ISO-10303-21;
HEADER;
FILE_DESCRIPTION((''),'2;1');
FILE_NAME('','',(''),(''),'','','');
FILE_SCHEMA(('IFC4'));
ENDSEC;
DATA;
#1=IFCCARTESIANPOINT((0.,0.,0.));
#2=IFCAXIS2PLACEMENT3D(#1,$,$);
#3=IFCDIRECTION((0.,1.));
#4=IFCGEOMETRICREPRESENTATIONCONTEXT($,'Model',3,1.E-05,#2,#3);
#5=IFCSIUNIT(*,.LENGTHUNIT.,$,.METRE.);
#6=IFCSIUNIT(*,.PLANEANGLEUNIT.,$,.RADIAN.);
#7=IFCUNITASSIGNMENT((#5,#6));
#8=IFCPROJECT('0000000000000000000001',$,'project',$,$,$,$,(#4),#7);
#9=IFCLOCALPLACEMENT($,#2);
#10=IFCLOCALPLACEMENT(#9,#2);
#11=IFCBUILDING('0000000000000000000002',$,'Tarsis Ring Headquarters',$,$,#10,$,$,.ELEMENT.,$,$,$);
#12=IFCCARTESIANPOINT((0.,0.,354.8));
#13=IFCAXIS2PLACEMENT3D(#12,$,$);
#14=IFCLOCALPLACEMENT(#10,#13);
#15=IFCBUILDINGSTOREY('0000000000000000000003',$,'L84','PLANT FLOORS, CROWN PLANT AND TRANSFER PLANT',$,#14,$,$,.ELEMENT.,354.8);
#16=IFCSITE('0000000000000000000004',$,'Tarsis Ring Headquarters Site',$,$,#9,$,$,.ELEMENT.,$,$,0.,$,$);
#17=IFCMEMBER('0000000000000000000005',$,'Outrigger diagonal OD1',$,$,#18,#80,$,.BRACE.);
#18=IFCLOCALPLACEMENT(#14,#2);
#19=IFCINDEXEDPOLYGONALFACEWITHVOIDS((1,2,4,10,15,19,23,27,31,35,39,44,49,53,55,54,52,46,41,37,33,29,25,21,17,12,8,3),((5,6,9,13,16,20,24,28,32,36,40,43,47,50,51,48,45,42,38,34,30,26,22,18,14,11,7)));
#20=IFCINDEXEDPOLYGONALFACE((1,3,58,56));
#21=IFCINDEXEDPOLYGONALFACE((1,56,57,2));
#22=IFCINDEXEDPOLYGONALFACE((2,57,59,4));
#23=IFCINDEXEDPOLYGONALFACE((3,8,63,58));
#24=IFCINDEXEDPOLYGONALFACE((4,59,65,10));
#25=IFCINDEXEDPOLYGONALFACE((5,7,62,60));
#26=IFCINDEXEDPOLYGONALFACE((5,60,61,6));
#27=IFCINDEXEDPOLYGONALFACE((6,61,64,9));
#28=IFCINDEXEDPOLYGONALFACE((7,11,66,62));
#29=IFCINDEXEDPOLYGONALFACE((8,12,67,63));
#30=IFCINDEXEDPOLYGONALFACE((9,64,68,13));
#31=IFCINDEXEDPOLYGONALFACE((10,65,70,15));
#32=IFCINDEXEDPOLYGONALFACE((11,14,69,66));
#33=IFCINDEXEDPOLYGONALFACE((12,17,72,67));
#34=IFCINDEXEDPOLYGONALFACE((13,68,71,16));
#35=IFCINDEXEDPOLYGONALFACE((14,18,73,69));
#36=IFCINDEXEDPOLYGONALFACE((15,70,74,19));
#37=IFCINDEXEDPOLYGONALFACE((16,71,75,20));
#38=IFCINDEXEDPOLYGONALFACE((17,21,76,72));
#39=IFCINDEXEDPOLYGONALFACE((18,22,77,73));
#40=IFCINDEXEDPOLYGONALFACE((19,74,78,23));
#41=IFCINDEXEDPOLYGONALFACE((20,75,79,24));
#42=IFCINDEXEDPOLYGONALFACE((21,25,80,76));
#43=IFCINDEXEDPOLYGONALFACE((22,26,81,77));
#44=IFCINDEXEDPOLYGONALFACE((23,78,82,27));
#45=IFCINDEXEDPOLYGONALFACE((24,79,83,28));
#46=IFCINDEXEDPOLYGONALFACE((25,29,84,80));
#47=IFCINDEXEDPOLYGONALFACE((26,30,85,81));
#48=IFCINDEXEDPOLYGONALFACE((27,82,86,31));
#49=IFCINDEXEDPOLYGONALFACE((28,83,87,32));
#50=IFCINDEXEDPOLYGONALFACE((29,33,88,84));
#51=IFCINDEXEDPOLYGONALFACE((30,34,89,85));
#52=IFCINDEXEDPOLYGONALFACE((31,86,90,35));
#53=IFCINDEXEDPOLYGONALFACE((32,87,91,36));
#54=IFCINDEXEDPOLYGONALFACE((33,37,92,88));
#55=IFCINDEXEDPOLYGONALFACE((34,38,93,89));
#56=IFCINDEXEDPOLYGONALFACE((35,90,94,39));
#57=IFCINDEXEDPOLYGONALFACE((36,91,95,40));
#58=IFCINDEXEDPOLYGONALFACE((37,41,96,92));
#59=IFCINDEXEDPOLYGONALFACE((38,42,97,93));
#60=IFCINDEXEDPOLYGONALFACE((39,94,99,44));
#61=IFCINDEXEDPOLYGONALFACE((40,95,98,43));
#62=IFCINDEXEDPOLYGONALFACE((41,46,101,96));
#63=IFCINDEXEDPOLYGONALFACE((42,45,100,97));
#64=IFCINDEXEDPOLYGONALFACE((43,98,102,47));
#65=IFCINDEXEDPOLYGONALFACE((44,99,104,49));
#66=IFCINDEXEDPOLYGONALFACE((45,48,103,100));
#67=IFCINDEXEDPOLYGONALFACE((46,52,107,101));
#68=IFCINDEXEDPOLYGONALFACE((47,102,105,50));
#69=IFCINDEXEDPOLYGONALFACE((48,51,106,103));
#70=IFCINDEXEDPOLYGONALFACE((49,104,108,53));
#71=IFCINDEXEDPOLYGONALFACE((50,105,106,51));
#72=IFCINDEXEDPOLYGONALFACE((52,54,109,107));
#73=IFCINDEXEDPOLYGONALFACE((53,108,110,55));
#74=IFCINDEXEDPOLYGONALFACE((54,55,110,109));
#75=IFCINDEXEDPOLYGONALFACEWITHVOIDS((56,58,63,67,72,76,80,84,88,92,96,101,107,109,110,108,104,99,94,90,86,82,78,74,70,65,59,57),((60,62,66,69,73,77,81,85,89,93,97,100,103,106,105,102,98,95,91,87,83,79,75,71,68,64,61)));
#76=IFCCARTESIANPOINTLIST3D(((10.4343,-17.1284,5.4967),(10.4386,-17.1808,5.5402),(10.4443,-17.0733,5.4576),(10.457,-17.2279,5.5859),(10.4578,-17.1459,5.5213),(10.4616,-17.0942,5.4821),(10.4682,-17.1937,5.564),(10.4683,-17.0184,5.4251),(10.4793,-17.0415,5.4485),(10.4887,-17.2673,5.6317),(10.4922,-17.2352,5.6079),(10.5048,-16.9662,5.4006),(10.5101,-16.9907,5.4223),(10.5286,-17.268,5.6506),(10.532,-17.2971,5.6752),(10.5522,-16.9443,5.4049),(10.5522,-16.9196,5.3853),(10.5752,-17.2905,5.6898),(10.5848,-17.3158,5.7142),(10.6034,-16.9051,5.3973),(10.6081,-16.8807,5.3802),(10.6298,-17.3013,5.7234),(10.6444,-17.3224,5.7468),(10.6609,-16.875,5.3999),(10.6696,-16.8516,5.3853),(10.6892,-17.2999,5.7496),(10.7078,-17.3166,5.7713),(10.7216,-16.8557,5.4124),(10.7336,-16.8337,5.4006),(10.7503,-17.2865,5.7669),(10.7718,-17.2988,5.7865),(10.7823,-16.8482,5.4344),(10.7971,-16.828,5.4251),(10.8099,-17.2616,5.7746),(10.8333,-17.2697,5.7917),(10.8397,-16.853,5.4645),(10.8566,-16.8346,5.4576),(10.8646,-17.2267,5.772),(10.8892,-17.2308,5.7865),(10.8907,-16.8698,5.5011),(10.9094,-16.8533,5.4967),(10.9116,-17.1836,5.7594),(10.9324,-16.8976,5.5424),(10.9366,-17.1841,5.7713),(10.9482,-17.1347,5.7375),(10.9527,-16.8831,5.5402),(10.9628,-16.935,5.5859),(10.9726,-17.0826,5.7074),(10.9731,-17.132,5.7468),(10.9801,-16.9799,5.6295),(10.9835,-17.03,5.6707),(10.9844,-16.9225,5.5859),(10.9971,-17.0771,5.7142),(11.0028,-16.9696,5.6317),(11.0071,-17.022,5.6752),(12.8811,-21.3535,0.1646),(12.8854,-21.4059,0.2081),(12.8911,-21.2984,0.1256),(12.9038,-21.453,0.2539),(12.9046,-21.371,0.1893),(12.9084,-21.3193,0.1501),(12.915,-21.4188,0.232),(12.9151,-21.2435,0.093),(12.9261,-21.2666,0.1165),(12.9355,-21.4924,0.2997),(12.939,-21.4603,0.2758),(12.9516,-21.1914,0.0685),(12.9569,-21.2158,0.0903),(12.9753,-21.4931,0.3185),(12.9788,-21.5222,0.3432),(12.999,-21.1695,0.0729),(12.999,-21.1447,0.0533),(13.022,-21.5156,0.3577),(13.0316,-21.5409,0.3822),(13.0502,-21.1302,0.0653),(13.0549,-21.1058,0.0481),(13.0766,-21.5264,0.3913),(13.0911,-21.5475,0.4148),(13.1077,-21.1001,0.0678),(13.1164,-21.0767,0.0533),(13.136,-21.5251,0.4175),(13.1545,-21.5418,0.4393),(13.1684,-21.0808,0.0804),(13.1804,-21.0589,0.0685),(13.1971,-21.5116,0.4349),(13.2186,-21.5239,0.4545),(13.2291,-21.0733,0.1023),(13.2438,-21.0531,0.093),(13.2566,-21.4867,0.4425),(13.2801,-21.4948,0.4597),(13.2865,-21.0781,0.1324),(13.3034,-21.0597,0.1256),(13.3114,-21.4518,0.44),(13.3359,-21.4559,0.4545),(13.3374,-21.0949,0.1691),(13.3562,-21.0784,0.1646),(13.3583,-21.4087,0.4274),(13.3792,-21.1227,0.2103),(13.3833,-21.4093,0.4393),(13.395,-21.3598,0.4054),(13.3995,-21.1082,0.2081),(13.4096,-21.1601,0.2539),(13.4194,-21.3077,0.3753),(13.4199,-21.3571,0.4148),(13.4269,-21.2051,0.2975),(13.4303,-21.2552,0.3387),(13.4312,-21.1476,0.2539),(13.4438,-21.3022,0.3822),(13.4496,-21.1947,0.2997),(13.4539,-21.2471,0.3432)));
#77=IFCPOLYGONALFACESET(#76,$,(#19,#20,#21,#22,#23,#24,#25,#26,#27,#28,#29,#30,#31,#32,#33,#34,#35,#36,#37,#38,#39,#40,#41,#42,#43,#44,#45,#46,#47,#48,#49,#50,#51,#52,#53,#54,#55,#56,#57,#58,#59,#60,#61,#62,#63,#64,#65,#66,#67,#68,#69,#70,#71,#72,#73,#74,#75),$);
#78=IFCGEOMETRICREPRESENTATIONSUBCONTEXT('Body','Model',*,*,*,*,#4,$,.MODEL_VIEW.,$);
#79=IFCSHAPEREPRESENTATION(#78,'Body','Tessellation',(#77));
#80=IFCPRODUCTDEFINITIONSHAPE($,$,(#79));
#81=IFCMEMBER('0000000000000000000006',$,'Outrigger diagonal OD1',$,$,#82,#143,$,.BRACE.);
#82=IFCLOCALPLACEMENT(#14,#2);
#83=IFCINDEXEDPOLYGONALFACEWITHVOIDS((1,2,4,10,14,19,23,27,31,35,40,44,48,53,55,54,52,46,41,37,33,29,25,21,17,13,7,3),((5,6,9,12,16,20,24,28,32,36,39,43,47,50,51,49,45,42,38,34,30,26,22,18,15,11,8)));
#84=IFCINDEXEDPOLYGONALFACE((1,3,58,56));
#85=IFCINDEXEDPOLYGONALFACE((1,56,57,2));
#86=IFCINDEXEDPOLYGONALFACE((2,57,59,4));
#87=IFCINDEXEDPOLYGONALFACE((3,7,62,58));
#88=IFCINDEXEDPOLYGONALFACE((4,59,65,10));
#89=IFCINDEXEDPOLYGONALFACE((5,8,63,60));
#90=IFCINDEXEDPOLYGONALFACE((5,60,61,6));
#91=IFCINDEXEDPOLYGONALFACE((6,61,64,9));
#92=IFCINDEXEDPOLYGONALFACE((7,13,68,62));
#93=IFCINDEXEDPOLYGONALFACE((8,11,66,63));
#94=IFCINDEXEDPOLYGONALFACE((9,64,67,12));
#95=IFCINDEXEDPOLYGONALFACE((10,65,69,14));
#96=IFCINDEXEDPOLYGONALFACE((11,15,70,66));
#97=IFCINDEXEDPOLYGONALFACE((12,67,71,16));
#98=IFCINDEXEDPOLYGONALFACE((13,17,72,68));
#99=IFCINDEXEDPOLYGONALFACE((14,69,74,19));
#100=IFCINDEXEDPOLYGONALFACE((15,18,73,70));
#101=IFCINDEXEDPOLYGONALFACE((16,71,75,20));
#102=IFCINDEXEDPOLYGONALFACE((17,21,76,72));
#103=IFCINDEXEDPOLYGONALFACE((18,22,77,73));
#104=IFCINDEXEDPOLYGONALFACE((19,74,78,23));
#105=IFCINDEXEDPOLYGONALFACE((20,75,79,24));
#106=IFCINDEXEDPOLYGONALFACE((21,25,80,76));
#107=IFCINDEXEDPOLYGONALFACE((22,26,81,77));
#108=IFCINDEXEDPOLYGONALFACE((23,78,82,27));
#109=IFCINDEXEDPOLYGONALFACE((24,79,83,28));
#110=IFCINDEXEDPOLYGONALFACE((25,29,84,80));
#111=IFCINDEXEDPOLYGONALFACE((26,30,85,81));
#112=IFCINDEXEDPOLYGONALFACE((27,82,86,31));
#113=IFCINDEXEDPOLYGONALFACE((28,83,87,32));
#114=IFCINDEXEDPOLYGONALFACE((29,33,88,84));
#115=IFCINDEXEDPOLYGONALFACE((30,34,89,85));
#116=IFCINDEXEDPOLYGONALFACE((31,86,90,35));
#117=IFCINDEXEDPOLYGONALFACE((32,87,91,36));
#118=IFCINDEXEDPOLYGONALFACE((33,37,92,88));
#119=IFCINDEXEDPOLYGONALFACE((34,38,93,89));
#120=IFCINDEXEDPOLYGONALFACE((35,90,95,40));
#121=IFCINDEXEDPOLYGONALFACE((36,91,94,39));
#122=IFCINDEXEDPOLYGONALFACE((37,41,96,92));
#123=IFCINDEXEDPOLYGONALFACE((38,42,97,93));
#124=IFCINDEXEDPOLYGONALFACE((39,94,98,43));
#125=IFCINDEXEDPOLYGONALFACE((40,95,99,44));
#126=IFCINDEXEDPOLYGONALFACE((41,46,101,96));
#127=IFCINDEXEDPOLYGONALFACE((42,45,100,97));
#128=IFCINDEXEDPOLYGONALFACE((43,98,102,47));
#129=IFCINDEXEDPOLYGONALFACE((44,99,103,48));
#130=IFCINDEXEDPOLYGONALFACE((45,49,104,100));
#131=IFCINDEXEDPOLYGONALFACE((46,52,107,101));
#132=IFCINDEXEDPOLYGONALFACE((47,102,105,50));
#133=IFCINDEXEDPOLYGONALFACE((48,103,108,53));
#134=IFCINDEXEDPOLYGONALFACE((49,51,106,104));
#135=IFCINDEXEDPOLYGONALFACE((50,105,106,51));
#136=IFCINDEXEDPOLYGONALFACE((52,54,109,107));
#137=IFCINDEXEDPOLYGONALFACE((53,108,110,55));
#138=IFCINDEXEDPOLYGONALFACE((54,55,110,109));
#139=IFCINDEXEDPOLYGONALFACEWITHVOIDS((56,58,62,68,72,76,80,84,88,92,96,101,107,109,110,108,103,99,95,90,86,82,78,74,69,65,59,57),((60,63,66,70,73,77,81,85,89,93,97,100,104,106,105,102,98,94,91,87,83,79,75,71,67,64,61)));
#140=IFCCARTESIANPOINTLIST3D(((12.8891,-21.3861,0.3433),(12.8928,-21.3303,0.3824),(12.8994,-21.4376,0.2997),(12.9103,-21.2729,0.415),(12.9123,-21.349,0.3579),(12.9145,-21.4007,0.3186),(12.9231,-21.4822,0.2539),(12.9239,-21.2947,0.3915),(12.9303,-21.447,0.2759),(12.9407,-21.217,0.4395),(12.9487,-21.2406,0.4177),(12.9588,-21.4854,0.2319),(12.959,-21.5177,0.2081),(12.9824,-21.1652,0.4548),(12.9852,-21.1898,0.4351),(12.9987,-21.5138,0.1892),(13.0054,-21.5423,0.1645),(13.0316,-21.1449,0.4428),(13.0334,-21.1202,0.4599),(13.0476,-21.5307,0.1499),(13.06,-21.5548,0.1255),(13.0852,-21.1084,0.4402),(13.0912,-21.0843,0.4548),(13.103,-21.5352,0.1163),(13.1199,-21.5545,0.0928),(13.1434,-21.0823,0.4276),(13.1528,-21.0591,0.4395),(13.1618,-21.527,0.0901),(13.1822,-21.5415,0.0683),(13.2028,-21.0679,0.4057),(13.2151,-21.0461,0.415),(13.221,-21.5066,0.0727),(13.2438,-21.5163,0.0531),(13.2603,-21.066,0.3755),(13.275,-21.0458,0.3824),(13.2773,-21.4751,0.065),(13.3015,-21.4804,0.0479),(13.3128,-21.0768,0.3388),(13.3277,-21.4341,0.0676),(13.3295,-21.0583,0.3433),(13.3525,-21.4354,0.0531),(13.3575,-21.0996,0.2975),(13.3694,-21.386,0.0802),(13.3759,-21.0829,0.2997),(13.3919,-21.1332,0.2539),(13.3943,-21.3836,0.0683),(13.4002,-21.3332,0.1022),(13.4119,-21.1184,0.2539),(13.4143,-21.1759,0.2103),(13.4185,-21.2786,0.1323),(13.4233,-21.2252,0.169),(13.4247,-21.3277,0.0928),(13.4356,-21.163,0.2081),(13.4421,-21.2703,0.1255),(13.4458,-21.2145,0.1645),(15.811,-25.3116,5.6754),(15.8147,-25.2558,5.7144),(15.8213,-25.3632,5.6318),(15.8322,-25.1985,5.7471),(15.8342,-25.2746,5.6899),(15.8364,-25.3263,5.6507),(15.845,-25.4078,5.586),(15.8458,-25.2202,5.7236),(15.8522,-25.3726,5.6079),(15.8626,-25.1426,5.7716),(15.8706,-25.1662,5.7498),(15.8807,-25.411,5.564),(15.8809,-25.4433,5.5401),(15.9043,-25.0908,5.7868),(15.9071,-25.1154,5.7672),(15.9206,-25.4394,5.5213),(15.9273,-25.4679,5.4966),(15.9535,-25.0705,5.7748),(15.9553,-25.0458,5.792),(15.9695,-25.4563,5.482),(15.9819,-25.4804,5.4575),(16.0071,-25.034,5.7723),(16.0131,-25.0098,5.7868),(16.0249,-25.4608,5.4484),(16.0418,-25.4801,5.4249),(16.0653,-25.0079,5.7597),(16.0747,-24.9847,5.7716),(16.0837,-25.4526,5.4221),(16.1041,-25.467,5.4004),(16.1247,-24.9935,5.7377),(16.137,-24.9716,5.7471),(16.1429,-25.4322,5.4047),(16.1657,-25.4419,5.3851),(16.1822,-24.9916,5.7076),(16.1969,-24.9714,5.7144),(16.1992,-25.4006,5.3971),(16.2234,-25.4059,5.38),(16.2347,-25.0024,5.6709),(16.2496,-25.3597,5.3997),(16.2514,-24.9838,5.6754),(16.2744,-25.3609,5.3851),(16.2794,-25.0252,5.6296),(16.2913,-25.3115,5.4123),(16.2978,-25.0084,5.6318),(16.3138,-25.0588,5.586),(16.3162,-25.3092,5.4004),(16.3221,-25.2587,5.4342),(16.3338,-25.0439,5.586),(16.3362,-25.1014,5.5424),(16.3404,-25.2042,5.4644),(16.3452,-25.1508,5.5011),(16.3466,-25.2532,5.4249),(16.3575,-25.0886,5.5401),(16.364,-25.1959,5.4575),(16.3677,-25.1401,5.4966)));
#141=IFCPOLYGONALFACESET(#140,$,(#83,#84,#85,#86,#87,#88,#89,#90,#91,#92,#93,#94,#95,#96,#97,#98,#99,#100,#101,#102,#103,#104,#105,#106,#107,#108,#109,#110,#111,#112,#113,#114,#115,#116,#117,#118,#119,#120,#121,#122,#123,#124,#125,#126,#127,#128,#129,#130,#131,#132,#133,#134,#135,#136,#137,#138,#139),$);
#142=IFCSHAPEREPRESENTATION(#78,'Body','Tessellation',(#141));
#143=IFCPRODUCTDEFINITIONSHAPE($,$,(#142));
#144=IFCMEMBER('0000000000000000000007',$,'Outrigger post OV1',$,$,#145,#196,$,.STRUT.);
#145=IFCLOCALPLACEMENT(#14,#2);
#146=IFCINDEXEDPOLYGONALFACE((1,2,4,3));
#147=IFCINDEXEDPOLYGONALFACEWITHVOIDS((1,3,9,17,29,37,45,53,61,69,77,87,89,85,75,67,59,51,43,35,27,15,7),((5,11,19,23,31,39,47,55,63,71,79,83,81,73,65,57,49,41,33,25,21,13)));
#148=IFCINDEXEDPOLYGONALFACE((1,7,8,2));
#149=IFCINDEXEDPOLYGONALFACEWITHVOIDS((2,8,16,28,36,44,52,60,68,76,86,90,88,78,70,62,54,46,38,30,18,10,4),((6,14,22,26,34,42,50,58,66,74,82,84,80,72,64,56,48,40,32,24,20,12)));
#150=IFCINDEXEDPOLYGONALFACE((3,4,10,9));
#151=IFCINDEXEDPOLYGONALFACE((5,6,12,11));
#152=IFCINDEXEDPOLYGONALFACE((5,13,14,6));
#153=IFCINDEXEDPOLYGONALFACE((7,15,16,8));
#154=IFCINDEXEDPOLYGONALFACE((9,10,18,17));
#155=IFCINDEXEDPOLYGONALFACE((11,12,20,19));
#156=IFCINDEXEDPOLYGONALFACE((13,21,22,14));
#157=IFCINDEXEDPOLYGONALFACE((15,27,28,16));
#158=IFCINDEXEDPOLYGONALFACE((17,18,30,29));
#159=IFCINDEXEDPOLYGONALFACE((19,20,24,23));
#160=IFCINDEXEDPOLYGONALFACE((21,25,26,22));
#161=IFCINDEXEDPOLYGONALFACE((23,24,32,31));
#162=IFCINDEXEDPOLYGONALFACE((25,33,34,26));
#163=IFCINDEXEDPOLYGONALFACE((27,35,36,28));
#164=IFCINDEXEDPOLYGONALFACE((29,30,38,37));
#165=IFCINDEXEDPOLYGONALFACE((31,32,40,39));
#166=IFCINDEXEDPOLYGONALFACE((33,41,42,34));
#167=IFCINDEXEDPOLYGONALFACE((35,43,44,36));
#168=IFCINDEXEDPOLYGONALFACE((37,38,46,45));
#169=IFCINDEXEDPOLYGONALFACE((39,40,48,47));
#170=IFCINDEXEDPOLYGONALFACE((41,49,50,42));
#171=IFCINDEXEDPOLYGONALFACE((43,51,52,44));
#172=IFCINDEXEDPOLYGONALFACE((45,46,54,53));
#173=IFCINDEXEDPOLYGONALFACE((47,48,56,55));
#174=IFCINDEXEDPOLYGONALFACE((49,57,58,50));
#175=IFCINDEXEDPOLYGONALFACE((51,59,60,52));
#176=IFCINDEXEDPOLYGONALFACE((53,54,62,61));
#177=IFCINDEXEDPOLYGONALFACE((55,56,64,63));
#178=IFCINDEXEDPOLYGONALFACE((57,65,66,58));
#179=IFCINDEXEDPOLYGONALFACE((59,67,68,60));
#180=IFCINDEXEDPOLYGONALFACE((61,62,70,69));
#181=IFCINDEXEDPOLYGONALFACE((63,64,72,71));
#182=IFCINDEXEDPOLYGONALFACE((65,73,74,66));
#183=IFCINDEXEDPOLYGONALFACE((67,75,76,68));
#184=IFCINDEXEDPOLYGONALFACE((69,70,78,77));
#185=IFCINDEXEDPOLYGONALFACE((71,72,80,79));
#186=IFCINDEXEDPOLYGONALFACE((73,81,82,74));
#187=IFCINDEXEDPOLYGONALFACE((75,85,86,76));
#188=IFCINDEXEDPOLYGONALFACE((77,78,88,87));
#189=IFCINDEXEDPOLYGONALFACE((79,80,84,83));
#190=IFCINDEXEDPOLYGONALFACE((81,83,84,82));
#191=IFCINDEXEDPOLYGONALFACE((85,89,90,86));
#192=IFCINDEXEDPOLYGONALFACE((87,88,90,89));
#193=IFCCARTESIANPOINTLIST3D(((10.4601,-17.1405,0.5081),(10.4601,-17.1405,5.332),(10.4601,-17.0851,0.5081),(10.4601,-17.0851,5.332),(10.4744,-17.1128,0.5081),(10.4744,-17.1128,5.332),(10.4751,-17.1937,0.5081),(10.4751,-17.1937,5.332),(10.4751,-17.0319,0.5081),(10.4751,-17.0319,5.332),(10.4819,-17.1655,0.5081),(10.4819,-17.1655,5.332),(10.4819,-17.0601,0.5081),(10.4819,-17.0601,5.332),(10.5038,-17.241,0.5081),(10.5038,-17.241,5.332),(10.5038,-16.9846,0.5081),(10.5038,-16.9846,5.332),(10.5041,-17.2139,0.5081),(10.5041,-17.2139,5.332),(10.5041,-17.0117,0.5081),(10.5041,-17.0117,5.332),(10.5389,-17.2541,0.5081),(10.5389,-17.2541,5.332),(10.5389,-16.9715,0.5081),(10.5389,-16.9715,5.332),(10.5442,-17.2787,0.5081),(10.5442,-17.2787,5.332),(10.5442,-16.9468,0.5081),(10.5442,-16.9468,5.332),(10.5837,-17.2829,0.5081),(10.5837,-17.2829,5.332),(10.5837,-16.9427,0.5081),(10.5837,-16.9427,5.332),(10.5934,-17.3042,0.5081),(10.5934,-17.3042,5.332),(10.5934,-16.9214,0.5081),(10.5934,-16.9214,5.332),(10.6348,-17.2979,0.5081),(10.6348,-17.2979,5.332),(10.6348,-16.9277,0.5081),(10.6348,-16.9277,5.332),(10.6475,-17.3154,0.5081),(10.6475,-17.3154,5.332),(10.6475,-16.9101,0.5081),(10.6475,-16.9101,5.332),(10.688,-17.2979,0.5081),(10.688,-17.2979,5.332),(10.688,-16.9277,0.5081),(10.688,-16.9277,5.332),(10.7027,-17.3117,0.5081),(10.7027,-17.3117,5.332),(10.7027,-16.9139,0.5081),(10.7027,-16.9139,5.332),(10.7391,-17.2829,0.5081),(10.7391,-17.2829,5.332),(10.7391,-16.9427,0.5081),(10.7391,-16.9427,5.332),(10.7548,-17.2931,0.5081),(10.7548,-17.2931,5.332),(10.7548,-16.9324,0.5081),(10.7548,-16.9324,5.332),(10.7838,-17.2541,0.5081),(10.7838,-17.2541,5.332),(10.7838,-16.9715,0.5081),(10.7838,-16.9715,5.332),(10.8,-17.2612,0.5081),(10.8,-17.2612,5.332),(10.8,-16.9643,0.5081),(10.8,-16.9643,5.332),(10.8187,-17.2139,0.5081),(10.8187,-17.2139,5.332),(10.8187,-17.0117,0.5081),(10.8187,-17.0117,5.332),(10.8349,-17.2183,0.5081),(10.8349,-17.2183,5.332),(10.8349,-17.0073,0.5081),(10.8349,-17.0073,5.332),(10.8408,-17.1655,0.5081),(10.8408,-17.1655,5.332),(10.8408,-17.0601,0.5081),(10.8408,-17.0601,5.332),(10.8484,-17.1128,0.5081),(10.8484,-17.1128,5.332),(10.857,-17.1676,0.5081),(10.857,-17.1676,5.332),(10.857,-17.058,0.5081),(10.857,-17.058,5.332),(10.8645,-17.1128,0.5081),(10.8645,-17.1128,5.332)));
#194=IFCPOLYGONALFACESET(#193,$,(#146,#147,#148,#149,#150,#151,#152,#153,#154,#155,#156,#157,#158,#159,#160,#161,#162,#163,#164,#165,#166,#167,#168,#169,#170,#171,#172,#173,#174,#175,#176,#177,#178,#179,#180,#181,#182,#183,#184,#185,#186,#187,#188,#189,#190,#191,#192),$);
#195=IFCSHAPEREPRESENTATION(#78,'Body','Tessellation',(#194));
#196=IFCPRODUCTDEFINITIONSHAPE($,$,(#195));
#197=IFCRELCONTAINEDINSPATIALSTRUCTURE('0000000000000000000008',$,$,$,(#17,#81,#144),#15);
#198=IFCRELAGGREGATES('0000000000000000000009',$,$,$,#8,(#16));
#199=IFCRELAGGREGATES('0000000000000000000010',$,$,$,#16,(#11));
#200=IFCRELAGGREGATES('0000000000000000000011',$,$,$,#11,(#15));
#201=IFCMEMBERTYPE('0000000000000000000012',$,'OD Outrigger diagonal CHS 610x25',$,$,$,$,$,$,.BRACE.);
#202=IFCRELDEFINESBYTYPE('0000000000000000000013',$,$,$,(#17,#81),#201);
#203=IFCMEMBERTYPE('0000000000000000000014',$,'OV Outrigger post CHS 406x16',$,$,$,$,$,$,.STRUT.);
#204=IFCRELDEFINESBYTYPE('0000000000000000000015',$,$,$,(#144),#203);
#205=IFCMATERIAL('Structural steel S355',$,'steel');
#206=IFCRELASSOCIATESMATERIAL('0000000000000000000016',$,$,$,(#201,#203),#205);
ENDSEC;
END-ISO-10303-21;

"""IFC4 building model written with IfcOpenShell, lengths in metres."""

from ifc_helpers import new_model, si_unit, direction, frame, origin, origin_2d, place, context, subcontext, project, spatial, hollow_circle, extrude, material, material_profile, profile_set, type_object, element, save


model = new_model("IFC4")

# Units and contexts
model_context = context("Model", 3, precision=1e-05, world=origin(), true_north=direction((0.0, 1.0)))
body_context = subcontext(model_context, "Body", "Model", "MODEL_VIEW")
ifc_project = project(units=[si_unit("LENGTHUNIT", "METRE"), si_unit("PLANEANGLEUNIT", "RADIAN")], contexts=[model_context])

# Site, building, storey
site_placement = place(None, origin())
site = spatial("IfcSite", under=ifc_project, at=site_placement, Name="Tarsis Ring Headquarters Site", CompositionType="ELEMENT", RefElevation=0.0)
building_placement = place(site_placement, origin())
building = spatial("IfcBuilding", under=site, at=building_placement, Name="Tarsis Ring Headquarters", CompositionType="ELEMENT")
storey_placement = place(building_placement, frame((0.0, 0.0, 354.8)))
storey = spatial("IfcBuildingStorey", under=building, at=storey_placement, Name="L84", Description="PLANT FLOORS, CROWN PLANT AND TRANSFER PLANT", CompositionType="ELEMENT", Elevation=354.8)

# Members
ifc_material_1 = material(Name="Structural steel S355", Category="steel")
ifc_material_profile_1 = material_profile(ifc_material_1, hollow_circle(Radius=0.3047, WallThickness=0.0249, at=origin_2d()), Name="CHS 610x25")
ifc_profile_set_1 = profile_set([ifc_material_profile_1], Name="Structural steel S355")
member_type_1 = type_object("IfcMemberType", Name="OD Outrigger diagonal CHS 610x25", PredefinedType="BRACE", material=ifc_profile_set_1)
member_1_placement = place(storey_placement, frame((10.7207, -17.0752, 5.5859), z_axis=(0.338434, -0.584408, -0.737516), x_axis=(0.865367, 0.501139, 0.0)))
element("IfcMember", 1, at=member_1_placement, inside=storey, type_object=member_type_1, Name="Outrigger diagonal OD1", PredefinedType="BRACE", context=body_context, shape_type="SweptSolid", body=[
    extrude(hollow_circle(Radius=0.3047, WallThickness=0.0249, at=origin_2d()), origin(), (0.0, 0.0, 1.0), 7.2297),
])
member_2_placement = place(storey_placement, frame((13.1675, -21.3003, 0.2539), z_axis=(0.403727, -0.542407, 0.736748), x_axis=(0.80218, 0.597082, 0.0)))
element("IfcMember", 2, at=member_2_placement, inside=storey, type_object=member_type_1, Name="Outrigger diagonal OD1", PredefinedType="BRACE", context=body_context, shape_type="SweptSolid", body=[
    extrude(hollow_circle(Radius=0.3047, WallThickness=0.0249, at=origin_2d()), origin(), (0.0, 0.0, 1.0), 7.2373),
])
ifc_material_profile_2 = material_profile(ifc_material_1, hollow_circle(Radius=0.2031, WallThickness=0.0161, at=origin_2d()), Name="CHS 406x16")
ifc_profile_set_2 = profile_set([ifc_material_profile_2], Name="Structural steel S355")
member_type_2 = type_object("IfcMemberType", Name="OV Outrigger post CHS 406x16", PredefinedType="STRUT", material=ifc_profile_set_2)
for number, where, z_axis, x_axis, name in (
    (3, (10.6614, -17.1128, 0.5081), (0.0, 0.0, 1.0), (1.0, 0.0, 0.0), "Outrigger post OV1"),
):
    element("IfcMember", number, at=place(storey_placement, frame(where, z_axis=z_axis, x_axis=x_axis)), inside=storey, type_object=member_type_2, Name=name, PredefinedType="STRUT", context=body_context, shape_type="SweptSolid", body=[
        extrude(hollow_circle(Radius=0.2031, WallThickness=0.0161, at=origin_2d()), origin(), (0.0, 0.0, 1.0), 4.824),
    ])

save(model, "model.ifc")
